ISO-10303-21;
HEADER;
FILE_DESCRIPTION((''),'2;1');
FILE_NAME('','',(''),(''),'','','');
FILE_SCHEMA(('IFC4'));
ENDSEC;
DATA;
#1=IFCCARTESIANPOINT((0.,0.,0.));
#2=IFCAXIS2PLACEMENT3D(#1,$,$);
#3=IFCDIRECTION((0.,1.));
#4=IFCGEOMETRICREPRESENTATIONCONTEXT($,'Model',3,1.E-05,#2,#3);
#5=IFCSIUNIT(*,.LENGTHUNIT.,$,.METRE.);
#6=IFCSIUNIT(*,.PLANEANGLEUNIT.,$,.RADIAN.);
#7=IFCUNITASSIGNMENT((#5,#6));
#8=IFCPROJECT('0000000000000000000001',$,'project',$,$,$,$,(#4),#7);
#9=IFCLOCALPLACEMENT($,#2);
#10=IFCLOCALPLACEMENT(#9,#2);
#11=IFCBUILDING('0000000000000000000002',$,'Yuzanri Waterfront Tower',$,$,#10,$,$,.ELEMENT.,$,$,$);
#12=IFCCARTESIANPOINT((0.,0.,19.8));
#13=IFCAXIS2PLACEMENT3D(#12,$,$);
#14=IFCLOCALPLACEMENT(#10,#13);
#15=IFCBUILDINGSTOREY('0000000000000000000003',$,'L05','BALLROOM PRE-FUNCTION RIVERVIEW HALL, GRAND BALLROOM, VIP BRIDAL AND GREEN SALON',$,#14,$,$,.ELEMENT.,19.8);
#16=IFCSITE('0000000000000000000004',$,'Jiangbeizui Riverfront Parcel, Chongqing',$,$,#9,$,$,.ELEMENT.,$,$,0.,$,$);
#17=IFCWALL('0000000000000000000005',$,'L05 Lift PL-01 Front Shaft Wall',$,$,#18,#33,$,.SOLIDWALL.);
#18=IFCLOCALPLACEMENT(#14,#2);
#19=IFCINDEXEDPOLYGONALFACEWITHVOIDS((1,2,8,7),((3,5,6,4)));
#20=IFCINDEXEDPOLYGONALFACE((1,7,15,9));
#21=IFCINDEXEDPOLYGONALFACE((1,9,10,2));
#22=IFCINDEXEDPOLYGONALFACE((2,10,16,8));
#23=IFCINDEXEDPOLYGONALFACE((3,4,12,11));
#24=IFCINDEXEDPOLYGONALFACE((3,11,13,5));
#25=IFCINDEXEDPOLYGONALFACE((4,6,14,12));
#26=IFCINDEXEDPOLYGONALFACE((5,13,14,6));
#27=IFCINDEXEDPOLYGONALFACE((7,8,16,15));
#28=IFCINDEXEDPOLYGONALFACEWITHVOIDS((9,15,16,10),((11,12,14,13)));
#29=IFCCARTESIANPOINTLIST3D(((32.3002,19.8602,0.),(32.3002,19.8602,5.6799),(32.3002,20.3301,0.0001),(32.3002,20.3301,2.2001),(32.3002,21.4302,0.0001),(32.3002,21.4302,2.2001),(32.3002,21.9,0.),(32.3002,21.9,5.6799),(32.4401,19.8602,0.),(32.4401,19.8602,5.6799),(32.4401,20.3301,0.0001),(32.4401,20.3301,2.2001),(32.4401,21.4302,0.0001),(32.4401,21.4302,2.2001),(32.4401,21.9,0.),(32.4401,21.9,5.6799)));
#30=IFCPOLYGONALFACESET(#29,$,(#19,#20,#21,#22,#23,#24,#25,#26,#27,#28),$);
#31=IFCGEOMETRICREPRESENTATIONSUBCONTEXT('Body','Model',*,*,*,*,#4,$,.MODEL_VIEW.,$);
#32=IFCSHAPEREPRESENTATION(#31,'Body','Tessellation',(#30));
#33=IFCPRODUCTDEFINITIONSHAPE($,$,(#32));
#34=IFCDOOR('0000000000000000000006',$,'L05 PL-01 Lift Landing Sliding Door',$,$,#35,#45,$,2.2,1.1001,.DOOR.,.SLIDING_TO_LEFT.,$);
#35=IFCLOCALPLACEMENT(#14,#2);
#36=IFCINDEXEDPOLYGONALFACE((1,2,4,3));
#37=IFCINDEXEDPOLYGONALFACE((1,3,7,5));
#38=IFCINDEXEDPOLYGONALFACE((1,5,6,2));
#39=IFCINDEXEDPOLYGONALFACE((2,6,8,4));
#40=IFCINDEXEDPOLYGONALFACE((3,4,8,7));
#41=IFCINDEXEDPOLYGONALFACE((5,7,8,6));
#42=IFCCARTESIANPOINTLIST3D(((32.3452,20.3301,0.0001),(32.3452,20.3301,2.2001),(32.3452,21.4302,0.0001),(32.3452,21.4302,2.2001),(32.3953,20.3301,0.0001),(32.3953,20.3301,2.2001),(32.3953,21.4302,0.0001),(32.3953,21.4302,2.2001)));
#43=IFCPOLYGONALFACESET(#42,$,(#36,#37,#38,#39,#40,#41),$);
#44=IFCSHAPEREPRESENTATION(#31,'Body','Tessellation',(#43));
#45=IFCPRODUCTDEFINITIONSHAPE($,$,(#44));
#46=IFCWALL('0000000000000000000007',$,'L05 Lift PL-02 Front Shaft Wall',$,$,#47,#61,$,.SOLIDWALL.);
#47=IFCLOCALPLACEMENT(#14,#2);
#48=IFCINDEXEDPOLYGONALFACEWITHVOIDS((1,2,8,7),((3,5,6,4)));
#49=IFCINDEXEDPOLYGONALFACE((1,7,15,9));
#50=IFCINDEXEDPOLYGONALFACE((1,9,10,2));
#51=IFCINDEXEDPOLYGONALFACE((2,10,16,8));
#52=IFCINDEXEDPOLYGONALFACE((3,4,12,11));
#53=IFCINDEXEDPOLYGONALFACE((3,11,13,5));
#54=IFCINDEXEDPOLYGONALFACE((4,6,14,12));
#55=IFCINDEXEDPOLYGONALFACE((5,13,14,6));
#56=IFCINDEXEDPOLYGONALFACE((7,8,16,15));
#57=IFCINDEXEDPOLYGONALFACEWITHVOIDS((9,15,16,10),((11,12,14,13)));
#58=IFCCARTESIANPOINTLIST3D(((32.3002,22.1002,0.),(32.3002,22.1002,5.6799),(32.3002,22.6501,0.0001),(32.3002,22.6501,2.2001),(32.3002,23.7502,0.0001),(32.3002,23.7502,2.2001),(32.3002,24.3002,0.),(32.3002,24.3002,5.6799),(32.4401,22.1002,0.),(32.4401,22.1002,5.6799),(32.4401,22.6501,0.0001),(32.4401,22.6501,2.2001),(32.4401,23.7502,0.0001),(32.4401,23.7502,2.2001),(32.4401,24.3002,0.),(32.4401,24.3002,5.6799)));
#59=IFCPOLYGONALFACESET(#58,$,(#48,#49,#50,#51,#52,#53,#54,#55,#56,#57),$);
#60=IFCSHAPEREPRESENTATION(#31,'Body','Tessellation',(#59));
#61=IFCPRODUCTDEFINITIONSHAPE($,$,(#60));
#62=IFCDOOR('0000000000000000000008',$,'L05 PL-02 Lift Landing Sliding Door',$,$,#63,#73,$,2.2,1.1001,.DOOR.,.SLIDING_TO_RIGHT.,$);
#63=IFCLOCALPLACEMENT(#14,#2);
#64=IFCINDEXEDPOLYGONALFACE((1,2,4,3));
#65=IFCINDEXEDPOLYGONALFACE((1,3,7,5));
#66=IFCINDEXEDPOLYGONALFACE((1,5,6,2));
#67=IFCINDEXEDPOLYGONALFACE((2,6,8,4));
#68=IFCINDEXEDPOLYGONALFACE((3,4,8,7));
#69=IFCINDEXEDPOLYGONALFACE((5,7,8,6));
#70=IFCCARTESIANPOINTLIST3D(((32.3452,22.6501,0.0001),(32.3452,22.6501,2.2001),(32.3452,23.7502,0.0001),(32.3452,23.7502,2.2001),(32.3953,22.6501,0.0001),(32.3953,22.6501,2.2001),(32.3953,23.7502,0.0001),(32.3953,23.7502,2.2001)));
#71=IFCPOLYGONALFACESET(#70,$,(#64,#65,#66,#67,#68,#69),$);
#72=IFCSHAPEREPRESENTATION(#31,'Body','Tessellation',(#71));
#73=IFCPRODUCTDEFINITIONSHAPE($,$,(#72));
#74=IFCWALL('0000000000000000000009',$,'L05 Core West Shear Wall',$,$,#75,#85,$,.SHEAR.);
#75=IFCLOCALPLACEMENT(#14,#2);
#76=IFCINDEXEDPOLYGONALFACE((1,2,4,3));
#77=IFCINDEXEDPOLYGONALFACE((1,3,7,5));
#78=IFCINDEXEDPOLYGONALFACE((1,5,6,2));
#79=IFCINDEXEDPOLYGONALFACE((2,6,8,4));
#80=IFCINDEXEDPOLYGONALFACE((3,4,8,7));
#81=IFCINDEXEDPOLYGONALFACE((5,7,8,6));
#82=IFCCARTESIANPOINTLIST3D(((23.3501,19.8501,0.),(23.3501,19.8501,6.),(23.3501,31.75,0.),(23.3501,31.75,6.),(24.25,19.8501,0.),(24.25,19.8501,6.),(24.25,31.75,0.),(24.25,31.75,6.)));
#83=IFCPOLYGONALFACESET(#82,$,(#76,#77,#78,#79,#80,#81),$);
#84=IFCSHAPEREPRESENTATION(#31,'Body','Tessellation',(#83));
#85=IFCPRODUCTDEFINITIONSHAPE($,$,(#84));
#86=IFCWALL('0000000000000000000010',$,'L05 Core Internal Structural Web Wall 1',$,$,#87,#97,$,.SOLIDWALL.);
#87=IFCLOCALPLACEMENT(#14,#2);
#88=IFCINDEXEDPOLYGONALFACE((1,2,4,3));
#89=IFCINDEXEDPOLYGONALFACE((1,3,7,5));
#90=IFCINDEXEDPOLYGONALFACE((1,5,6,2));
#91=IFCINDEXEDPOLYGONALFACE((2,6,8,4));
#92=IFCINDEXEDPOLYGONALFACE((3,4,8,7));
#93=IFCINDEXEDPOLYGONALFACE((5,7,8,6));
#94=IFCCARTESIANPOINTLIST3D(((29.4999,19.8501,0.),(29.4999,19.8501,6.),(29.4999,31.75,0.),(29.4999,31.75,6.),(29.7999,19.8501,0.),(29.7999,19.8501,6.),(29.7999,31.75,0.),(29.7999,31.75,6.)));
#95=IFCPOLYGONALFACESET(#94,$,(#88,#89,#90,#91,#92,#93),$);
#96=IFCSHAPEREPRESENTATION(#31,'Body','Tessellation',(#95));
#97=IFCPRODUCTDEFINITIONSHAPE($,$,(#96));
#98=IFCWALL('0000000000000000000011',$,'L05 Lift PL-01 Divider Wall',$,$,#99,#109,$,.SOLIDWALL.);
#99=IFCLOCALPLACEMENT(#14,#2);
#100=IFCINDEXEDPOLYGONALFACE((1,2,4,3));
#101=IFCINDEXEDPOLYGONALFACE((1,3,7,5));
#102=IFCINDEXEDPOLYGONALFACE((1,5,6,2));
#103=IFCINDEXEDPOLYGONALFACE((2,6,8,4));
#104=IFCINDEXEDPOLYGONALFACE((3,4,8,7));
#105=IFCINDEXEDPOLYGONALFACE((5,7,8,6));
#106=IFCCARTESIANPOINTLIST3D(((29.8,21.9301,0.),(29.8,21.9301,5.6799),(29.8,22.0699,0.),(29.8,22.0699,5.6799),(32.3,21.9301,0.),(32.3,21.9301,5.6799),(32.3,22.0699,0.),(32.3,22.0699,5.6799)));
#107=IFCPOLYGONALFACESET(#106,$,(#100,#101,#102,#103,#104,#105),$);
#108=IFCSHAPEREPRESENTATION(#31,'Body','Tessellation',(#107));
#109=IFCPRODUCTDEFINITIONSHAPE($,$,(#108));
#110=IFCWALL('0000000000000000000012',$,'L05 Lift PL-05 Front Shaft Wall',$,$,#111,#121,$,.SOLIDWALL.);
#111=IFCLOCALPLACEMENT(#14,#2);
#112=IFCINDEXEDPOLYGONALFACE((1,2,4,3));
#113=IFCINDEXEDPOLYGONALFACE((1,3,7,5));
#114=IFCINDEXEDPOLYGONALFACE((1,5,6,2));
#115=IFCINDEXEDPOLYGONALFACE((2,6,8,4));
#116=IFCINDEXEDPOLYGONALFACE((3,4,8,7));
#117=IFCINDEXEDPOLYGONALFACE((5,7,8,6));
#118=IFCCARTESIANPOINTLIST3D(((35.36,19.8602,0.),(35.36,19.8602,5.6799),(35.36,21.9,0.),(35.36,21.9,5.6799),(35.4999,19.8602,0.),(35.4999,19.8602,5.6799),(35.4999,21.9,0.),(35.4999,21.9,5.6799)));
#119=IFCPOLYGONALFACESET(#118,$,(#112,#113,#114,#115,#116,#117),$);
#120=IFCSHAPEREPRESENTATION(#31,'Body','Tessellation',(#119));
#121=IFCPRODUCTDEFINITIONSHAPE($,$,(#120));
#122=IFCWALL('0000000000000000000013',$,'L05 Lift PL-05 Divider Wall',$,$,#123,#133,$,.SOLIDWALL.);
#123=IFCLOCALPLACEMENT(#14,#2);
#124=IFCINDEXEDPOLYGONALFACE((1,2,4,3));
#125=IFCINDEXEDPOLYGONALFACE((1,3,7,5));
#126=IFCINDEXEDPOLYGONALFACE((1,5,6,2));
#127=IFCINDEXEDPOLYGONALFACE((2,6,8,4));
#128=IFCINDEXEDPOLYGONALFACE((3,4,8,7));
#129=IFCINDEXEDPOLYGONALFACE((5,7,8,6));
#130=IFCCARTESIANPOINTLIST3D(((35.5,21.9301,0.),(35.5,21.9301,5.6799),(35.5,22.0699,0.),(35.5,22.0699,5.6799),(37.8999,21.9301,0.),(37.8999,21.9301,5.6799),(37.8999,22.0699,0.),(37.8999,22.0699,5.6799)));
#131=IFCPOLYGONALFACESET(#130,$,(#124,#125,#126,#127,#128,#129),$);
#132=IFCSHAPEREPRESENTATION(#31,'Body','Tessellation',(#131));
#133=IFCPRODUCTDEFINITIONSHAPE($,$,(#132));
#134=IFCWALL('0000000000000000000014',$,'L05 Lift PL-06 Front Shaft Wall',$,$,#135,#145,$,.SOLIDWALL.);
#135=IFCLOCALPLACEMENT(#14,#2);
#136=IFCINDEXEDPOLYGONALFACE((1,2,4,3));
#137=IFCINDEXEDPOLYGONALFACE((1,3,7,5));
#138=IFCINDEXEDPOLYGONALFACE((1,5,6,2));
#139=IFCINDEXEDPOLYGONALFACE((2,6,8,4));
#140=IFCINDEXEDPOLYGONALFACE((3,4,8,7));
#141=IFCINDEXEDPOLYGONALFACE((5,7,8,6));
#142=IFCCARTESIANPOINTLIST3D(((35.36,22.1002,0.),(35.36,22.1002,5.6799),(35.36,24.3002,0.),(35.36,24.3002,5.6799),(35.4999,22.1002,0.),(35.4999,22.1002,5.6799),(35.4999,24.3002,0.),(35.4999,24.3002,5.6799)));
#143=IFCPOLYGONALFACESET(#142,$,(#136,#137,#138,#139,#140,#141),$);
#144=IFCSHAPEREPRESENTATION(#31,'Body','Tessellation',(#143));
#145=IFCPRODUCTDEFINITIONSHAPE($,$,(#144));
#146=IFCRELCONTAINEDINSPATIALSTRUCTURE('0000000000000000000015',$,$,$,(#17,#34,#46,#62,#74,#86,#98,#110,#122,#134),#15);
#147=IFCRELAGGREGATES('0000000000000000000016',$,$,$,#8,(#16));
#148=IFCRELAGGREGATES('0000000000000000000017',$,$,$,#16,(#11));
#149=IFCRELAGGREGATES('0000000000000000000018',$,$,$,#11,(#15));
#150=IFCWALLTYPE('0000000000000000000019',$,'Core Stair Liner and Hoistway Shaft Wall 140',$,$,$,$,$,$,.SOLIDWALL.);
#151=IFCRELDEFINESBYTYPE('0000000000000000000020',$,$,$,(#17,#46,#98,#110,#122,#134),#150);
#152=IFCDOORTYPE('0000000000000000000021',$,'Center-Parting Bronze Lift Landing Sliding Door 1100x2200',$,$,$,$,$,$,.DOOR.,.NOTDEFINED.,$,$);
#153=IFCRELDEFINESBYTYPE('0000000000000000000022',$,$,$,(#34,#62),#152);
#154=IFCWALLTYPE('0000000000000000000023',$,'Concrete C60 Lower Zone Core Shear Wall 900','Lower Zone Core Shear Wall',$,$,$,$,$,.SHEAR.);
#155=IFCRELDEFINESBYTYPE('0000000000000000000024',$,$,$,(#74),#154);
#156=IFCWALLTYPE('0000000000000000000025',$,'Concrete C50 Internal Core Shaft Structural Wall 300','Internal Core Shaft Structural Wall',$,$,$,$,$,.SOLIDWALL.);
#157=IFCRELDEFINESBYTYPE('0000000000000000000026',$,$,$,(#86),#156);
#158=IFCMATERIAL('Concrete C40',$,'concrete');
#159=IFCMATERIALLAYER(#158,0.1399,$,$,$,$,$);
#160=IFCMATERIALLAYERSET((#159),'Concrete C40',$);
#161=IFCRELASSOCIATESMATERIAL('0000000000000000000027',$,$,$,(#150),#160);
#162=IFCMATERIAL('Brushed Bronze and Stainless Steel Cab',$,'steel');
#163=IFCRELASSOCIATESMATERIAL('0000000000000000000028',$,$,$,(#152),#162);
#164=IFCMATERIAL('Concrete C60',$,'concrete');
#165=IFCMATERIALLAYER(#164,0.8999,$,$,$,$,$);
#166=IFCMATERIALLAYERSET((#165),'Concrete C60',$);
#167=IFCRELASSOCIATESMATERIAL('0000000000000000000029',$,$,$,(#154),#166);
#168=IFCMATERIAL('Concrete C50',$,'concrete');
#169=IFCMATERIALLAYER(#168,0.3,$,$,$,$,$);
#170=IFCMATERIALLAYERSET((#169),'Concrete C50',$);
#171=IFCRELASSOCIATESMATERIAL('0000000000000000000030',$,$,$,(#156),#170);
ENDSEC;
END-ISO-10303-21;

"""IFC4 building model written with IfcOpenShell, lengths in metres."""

from ifc_helpers import new_model, si_unit, direction, frame, frame_2d, origin, place, context, subcontext, project, spatial, rectangle, extrude, source, transform, mapped, material, layer, layer_set, type_object, element, fill, save


model = new_model("IFC4")

# Units and contexts
model_context = context("Model", 3, precision=1e-05, world=origin(), true_north=direction((0.0, 1.0)))
body_context = subcontext(model_context, "Body", "Model", "MODEL_VIEW")
ifc_project = project(units=[si_unit("LENGTHUNIT", "METRE"), si_unit("PLANEANGLEUNIT", "RADIAN")], contexts=[model_context])

# Site, building, storey
site_placement = place(None, origin())
site = spatial("IfcSite", under=ifc_project, at=site_placement, Name="Jiangbeizui Riverfront Parcel, Chongqing", CompositionType="ELEMENT", RefElevation=0.0)
building_placement = place(site_placement, origin())
building = spatial("IfcBuilding", under=site, at=building_placement, Name="Yuzanri Waterfront Tower", CompositionType="ELEMENT")
storey_placement = place(building_placement, frame((0.0, 0.0, 19.8)))
storey = spatial("IfcBuildingStorey", under=building, at=storey_placement, Name="L05", Description="BALLROOM PRE-FUNCTION RIVERVIEW HALL, GRAND BALLROOM, VIP BRIDAL AND GREEN SALON", CompositionType="ELEMENT", Elevation=19.8)

# Walls, openings, doors
ifc_material_1 = material(Name="Concrete C40", Category="concrete")
ifc_layer_1 = layer(ifc_material_1, 0.1399)
ifc_layer_set_1 = layer_set([ifc_layer_1], Name="Concrete C40")
wall_type_1 = type_object("IfcWallType", Name="Core Stair Liner and Hoistway Shaft Wall 140", PredefinedType="SOLIDWALL", material=ifc_layer_set_1)
wall_1_placement = place(storey_placement, frame((32.3701, 19.8601, 0.0), z_axis=(0.0, 0.0, 1.0), x_axis=(0.0, 1.0, 0.0)))
wall_1 = element("IfcWall", 1, at=wall_1_placement, inside=storey, type_object=wall_type_1, Name="L05 Lift PL-01 Front Shaft Wall", PredefinedType="SOLIDWALL", context=body_context, shape_type="SweptSolid", body=[
    extrude(rectangle(XDim=2.0398, YDim=0.1399, at=frame_2d((1.02, 0.0))), origin(), (0.0, 0.0, 1.0), 5.6799),
])
opening_1_placement = place(wall_1_placement, frame((0.47, 0.0, 0.0)))
opening_1 = element("IfcOpeningElement", 2, at=opening_1_placement, cuts=wall_1, PredefinedType="OPENING", context=body_context, shape_type="SweptSolid", body=[
    extrude(rectangle(XDim=1.1001, YDim=2.2, at=frame_2d((0.55, 1.1001))), frame((0.0, 0.085, 0.0), z_axis=(0.0, -1.0, 0.0), x_axis=(1.0, 0.0, 0.0)), (0.0, 0.0, 1.0), 0.1697),
])
ifc_material_2 = material(Name="Brushed Bronze and Stainless Steel Cab", Category="steel")
door_type = type_object("IfcDoorType", Name="Center-Parting Bronze Lift Landing Sliding Door 1100x2200", OperationType="NOTDEFINED", PredefinedType="DOOR", material=ifc_material_2)
shared_shape_1 = source(origin(), body_context, "Body", "SweptSolid", [
    extrude(rectangle(XDim=1.1001, YDim=2.2, at=frame_2d((0.55, 1.1001))), frame((0.0, 0.0249, 0.0), z_axis=(0.0, -1.0, 0.0), x_axis=(1.0, 0.0, 0.0)), (0.0, 0.0, 1.0), 0.05),
])
door_1_placement = place(opening_1_placement, origin())
door_1 = element("IfcDoor", 3, at=door_1_placement, inside=storey, type_object=door_type, Name="L05 PL-01 Lift Landing Sliding Door", OperationType="SLIDING_TO_LEFT", OverallHeight=2.2, OverallWidth=1.1001, PredefinedType="DOOR", context=body_context, shape_type="MappedRepresentation", body=[
    mapped(shared_shape_1, transform((0.0, 0.0, 0.0), scale=1.0)),
])
fill(opening_1, door_1)
wall_2_placement = place(storey_placement, frame((32.3701, 22.1001, 0.0), z_axis=(0.0, 0.0, 1.0), x_axis=(0.0, 1.0, 0.0)))
wall_2 = element("IfcWall", 4, at=wall_2_placement, inside=storey, type_object=wall_type_1, Name="L05 Lift PL-02 Front Shaft Wall", PredefinedType="SOLIDWALL", context=body_context, shape_type="SweptSolid", body=[
    extrude(rectangle(XDim=2.2, YDim=0.1399, at=frame_2d((1.1001, 0.0))), origin(), (0.0, 0.0, 1.0), 5.6799),
])
opening_2_placement = place(wall_2_placement, frame((0.55, 0.0, 0.0)))
opening_2 = element("IfcOpeningElement", 5, at=opening_2_placement, cuts=wall_2, PredefinedType="OPENING", context=body_context, shape_type="SweptSolid", body=[
    extrude(rectangle(XDim=1.1001, YDim=2.2, at=frame_2d((0.55, 1.1001))), frame((0.0, 0.085, 0.0), z_axis=(0.0, -1.0, 0.0), x_axis=(1.0, 0.0, 0.0)), (0.0, 0.0, 1.0), 0.1697),
])
door_2_placement = place(opening_2_placement, origin())
door_2 = element("IfcDoor", 6, at=door_2_placement, inside=storey, type_object=door_type, Name="L05 PL-02 Lift Landing Sliding Door", OperationType="SLIDING_TO_RIGHT", OverallHeight=2.2, OverallWidth=1.1001, PredefinedType="DOOR", context=body_context, shape_type="MappedRepresentation", body=[
    mapped(shared_shape_1, transform((0.0, 0.0, 0.0), scale=1.0)),
])
fill(opening_2, door_2)

# Walls
ifc_material_3 = material(Name="Concrete C60", Category="concrete")
ifc_layer_2 = layer(ifc_material_3, 0.8999)
ifc_layer_set_2 = layer_set([ifc_layer_2], Name="Concrete C60")
wall_type_2 = type_object("IfcWallType", Name="Concrete C60 Lower Zone Core Shear Wall 900", Description="Lower Zone Core Shear Wall", PredefinedType="SHEAR", material=ifc_layer_set_2)
shared_shape_2 = source(origin(), body_context, "Body", "SweptSolid", [
    extrude(rectangle(XDim=11.8999, YDim=0.8999, at=frame_2d((5.95, 0.0))), origin(), (0.0, 0.0, 1.0), 6.0),
])
wall_3_placement = place(storey_placement, frame((23.8, 19.8501, 0.0), z_axis=(0.0, 0.0, 1.0), x_axis=(0.0, 1.0, 0.0)))
element("IfcWall", 7, at=wall_3_placement, inside=storey, type_object=wall_type_2, Name="L05 Core West Shear Wall", PredefinedType="SHEAR", context=body_context, shape_type="MappedRepresentation", body=[
    mapped(shared_shape_2, transform((0.0, 0.0, 0.0), scale=1.0)),
])
ifc_material_4 = material(Name="Concrete C50", Category="concrete")
ifc_layer_3 = layer(ifc_material_4, 0.3)
ifc_layer_set_3 = layer_set([ifc_layer_3], Name="Concrete C50")
wall_type_3 = type_object("IfcWallType", Name="Concrete C50 Internal Core Shaft Structural Wall 300", Description="Internal Core Shaft Structural Wall", PredefinedType="SOLIDWALL", material=ifc_layer_set_3)
shared_shape_3 = source(origin(), body_context, "Body", "SweptSolid", [
    extrude(rectangle(XDim=11.8999, YDim=0.3, at=frame_2d((5.95, 0.0))), origin(), (0.0, 0.0, 1.0), 6.0),
])
wall_4_placement = place(storey_placement, frame((29.6499, 19.8501, 0.0), z_axis=(0.0, 0.0, 1.0), x_axis=(0.0, 1.0, 0.0)))
element("IfcWall", 8, at=wall_4_placement, inside=storey, type_object=wall_type_3, Name="L05 Core Internal Structural Web Wall 1", PredefinedType="SOLIDWALL", context=body_context, shape_type="MappedRepresentation", body=[
    mapped(shared_shape_3, transform((0.0, 0.0, 0.0), scale=1.0)),
])
shared_shape_4 = source(origin(), body_context, "Body", "SweptSolid", [
    extrude(rectangle(XDim=2.5, YDim=0.1399, at=frame_2d((1.25, 0.0))), origin(), (0.0, 0.0, 1.0), 5.6799),
])
wall_5_placement = place(storey_placement, frame((29.8, 22.0, 0.0), z_axis=(0.0, 0.0, 1.0), x_axis=(1.0, 0.0, 0.0)))
element("IfcWall", 9, at=wall_5_placement, inside=storey, type_object=wall_type_1, Name="L05 Lift PL-01 Divider Wall", PredefinedType="SOLIDWALL", context=body_context, shape_type="MappedRepresentation", body=[
    mapped(shared_shape_4, transform((0.0, 0.0, 0.0), scale=1.0)),
])
shared_shape_5 = source(origin(), body_context, "Body", "SweptSolid", [
    extrude(rectangle(XDim=2.0398, YDim=0.1399, at=frame_2d((1.02, 0.0))), origin(), (0.0, 0.0, 1.0), 5.6799),
])
wall_6_placement = place(storey_placement, frame((35.4299, 19.8601, 0.0), z_axis=(0.0, 0.0, 1.0), x_axis=(0.0, 1.0, 0.0)))
element("IfcWall", 10, at=wall_6_placement, inside=storey, type_object=wall_type_1, Name="L05 Lift PL-05 Front Shaft Wall", PredefinedType="SOLIDWALL", context=body_context, shape_type="MappedRepresentation", body=[
    mapped(shared_shape_5, transform((0.0, 0.0, 0.0), scale=1.0)),
])
shared_shape_6 = source(origin(), body_context, "Body", "SweptSolid", [
    extrude(rectangle(XDim=2.3999, YDim=0.1399, at=frame_2d((1.2, 0.0))), origin(), (0.0, 0.0, 1.0), 5.6799),
])
wall_7_placement = place(storey_placement, frame((35.5, 22.0, 0.0), z_axis=(0.0, 0.0, 1.0), x_axis=(1.0, 0.0, 0.0)))
element("IfcWall", 11, at=wall_7_placement, inside=storey, type_object=wall_type_1, Name="L05 Lift PL-05 Divider Wall", PredefinedType="SOLIDWALL", context=body_context, shape_type="MappedRepresentation", body=[
    mapped(shared_shape_6, transform((0.0, 0.0, 0.0), scale=1.0)),
])
shared_shape_7 = source(origin(), body_context, "Body", "SweptSolid", [
    extrude(rectangle(XDim=2.2, YDim=0.1399, at=frame_2d((1.1001, 0.0))), origin(), (0.0, 0.0, 1.0), 5.6799),
])
wall_8_placement = place(storey_placement, frame((35.4299, 22.1001, 0.0), z_axis=(0.0, 0.0, 1.0), x_axis=(0.0, 1.0, 0.0)))
element("IfcWall", 12, at=wall_8_placement, inside=storey, type_object=wall_type_1, Name="L05 Lift PL-06 Front Shaft Wall", PredefinedType="SOLIDWALL", context=body_context, shape_type="MappedRepresentation", body=[
    mapped(shared_shape_7, transform((0.0, 0.0, 0.0), scale=1.0)),
])

save(model, "model.ifc")
